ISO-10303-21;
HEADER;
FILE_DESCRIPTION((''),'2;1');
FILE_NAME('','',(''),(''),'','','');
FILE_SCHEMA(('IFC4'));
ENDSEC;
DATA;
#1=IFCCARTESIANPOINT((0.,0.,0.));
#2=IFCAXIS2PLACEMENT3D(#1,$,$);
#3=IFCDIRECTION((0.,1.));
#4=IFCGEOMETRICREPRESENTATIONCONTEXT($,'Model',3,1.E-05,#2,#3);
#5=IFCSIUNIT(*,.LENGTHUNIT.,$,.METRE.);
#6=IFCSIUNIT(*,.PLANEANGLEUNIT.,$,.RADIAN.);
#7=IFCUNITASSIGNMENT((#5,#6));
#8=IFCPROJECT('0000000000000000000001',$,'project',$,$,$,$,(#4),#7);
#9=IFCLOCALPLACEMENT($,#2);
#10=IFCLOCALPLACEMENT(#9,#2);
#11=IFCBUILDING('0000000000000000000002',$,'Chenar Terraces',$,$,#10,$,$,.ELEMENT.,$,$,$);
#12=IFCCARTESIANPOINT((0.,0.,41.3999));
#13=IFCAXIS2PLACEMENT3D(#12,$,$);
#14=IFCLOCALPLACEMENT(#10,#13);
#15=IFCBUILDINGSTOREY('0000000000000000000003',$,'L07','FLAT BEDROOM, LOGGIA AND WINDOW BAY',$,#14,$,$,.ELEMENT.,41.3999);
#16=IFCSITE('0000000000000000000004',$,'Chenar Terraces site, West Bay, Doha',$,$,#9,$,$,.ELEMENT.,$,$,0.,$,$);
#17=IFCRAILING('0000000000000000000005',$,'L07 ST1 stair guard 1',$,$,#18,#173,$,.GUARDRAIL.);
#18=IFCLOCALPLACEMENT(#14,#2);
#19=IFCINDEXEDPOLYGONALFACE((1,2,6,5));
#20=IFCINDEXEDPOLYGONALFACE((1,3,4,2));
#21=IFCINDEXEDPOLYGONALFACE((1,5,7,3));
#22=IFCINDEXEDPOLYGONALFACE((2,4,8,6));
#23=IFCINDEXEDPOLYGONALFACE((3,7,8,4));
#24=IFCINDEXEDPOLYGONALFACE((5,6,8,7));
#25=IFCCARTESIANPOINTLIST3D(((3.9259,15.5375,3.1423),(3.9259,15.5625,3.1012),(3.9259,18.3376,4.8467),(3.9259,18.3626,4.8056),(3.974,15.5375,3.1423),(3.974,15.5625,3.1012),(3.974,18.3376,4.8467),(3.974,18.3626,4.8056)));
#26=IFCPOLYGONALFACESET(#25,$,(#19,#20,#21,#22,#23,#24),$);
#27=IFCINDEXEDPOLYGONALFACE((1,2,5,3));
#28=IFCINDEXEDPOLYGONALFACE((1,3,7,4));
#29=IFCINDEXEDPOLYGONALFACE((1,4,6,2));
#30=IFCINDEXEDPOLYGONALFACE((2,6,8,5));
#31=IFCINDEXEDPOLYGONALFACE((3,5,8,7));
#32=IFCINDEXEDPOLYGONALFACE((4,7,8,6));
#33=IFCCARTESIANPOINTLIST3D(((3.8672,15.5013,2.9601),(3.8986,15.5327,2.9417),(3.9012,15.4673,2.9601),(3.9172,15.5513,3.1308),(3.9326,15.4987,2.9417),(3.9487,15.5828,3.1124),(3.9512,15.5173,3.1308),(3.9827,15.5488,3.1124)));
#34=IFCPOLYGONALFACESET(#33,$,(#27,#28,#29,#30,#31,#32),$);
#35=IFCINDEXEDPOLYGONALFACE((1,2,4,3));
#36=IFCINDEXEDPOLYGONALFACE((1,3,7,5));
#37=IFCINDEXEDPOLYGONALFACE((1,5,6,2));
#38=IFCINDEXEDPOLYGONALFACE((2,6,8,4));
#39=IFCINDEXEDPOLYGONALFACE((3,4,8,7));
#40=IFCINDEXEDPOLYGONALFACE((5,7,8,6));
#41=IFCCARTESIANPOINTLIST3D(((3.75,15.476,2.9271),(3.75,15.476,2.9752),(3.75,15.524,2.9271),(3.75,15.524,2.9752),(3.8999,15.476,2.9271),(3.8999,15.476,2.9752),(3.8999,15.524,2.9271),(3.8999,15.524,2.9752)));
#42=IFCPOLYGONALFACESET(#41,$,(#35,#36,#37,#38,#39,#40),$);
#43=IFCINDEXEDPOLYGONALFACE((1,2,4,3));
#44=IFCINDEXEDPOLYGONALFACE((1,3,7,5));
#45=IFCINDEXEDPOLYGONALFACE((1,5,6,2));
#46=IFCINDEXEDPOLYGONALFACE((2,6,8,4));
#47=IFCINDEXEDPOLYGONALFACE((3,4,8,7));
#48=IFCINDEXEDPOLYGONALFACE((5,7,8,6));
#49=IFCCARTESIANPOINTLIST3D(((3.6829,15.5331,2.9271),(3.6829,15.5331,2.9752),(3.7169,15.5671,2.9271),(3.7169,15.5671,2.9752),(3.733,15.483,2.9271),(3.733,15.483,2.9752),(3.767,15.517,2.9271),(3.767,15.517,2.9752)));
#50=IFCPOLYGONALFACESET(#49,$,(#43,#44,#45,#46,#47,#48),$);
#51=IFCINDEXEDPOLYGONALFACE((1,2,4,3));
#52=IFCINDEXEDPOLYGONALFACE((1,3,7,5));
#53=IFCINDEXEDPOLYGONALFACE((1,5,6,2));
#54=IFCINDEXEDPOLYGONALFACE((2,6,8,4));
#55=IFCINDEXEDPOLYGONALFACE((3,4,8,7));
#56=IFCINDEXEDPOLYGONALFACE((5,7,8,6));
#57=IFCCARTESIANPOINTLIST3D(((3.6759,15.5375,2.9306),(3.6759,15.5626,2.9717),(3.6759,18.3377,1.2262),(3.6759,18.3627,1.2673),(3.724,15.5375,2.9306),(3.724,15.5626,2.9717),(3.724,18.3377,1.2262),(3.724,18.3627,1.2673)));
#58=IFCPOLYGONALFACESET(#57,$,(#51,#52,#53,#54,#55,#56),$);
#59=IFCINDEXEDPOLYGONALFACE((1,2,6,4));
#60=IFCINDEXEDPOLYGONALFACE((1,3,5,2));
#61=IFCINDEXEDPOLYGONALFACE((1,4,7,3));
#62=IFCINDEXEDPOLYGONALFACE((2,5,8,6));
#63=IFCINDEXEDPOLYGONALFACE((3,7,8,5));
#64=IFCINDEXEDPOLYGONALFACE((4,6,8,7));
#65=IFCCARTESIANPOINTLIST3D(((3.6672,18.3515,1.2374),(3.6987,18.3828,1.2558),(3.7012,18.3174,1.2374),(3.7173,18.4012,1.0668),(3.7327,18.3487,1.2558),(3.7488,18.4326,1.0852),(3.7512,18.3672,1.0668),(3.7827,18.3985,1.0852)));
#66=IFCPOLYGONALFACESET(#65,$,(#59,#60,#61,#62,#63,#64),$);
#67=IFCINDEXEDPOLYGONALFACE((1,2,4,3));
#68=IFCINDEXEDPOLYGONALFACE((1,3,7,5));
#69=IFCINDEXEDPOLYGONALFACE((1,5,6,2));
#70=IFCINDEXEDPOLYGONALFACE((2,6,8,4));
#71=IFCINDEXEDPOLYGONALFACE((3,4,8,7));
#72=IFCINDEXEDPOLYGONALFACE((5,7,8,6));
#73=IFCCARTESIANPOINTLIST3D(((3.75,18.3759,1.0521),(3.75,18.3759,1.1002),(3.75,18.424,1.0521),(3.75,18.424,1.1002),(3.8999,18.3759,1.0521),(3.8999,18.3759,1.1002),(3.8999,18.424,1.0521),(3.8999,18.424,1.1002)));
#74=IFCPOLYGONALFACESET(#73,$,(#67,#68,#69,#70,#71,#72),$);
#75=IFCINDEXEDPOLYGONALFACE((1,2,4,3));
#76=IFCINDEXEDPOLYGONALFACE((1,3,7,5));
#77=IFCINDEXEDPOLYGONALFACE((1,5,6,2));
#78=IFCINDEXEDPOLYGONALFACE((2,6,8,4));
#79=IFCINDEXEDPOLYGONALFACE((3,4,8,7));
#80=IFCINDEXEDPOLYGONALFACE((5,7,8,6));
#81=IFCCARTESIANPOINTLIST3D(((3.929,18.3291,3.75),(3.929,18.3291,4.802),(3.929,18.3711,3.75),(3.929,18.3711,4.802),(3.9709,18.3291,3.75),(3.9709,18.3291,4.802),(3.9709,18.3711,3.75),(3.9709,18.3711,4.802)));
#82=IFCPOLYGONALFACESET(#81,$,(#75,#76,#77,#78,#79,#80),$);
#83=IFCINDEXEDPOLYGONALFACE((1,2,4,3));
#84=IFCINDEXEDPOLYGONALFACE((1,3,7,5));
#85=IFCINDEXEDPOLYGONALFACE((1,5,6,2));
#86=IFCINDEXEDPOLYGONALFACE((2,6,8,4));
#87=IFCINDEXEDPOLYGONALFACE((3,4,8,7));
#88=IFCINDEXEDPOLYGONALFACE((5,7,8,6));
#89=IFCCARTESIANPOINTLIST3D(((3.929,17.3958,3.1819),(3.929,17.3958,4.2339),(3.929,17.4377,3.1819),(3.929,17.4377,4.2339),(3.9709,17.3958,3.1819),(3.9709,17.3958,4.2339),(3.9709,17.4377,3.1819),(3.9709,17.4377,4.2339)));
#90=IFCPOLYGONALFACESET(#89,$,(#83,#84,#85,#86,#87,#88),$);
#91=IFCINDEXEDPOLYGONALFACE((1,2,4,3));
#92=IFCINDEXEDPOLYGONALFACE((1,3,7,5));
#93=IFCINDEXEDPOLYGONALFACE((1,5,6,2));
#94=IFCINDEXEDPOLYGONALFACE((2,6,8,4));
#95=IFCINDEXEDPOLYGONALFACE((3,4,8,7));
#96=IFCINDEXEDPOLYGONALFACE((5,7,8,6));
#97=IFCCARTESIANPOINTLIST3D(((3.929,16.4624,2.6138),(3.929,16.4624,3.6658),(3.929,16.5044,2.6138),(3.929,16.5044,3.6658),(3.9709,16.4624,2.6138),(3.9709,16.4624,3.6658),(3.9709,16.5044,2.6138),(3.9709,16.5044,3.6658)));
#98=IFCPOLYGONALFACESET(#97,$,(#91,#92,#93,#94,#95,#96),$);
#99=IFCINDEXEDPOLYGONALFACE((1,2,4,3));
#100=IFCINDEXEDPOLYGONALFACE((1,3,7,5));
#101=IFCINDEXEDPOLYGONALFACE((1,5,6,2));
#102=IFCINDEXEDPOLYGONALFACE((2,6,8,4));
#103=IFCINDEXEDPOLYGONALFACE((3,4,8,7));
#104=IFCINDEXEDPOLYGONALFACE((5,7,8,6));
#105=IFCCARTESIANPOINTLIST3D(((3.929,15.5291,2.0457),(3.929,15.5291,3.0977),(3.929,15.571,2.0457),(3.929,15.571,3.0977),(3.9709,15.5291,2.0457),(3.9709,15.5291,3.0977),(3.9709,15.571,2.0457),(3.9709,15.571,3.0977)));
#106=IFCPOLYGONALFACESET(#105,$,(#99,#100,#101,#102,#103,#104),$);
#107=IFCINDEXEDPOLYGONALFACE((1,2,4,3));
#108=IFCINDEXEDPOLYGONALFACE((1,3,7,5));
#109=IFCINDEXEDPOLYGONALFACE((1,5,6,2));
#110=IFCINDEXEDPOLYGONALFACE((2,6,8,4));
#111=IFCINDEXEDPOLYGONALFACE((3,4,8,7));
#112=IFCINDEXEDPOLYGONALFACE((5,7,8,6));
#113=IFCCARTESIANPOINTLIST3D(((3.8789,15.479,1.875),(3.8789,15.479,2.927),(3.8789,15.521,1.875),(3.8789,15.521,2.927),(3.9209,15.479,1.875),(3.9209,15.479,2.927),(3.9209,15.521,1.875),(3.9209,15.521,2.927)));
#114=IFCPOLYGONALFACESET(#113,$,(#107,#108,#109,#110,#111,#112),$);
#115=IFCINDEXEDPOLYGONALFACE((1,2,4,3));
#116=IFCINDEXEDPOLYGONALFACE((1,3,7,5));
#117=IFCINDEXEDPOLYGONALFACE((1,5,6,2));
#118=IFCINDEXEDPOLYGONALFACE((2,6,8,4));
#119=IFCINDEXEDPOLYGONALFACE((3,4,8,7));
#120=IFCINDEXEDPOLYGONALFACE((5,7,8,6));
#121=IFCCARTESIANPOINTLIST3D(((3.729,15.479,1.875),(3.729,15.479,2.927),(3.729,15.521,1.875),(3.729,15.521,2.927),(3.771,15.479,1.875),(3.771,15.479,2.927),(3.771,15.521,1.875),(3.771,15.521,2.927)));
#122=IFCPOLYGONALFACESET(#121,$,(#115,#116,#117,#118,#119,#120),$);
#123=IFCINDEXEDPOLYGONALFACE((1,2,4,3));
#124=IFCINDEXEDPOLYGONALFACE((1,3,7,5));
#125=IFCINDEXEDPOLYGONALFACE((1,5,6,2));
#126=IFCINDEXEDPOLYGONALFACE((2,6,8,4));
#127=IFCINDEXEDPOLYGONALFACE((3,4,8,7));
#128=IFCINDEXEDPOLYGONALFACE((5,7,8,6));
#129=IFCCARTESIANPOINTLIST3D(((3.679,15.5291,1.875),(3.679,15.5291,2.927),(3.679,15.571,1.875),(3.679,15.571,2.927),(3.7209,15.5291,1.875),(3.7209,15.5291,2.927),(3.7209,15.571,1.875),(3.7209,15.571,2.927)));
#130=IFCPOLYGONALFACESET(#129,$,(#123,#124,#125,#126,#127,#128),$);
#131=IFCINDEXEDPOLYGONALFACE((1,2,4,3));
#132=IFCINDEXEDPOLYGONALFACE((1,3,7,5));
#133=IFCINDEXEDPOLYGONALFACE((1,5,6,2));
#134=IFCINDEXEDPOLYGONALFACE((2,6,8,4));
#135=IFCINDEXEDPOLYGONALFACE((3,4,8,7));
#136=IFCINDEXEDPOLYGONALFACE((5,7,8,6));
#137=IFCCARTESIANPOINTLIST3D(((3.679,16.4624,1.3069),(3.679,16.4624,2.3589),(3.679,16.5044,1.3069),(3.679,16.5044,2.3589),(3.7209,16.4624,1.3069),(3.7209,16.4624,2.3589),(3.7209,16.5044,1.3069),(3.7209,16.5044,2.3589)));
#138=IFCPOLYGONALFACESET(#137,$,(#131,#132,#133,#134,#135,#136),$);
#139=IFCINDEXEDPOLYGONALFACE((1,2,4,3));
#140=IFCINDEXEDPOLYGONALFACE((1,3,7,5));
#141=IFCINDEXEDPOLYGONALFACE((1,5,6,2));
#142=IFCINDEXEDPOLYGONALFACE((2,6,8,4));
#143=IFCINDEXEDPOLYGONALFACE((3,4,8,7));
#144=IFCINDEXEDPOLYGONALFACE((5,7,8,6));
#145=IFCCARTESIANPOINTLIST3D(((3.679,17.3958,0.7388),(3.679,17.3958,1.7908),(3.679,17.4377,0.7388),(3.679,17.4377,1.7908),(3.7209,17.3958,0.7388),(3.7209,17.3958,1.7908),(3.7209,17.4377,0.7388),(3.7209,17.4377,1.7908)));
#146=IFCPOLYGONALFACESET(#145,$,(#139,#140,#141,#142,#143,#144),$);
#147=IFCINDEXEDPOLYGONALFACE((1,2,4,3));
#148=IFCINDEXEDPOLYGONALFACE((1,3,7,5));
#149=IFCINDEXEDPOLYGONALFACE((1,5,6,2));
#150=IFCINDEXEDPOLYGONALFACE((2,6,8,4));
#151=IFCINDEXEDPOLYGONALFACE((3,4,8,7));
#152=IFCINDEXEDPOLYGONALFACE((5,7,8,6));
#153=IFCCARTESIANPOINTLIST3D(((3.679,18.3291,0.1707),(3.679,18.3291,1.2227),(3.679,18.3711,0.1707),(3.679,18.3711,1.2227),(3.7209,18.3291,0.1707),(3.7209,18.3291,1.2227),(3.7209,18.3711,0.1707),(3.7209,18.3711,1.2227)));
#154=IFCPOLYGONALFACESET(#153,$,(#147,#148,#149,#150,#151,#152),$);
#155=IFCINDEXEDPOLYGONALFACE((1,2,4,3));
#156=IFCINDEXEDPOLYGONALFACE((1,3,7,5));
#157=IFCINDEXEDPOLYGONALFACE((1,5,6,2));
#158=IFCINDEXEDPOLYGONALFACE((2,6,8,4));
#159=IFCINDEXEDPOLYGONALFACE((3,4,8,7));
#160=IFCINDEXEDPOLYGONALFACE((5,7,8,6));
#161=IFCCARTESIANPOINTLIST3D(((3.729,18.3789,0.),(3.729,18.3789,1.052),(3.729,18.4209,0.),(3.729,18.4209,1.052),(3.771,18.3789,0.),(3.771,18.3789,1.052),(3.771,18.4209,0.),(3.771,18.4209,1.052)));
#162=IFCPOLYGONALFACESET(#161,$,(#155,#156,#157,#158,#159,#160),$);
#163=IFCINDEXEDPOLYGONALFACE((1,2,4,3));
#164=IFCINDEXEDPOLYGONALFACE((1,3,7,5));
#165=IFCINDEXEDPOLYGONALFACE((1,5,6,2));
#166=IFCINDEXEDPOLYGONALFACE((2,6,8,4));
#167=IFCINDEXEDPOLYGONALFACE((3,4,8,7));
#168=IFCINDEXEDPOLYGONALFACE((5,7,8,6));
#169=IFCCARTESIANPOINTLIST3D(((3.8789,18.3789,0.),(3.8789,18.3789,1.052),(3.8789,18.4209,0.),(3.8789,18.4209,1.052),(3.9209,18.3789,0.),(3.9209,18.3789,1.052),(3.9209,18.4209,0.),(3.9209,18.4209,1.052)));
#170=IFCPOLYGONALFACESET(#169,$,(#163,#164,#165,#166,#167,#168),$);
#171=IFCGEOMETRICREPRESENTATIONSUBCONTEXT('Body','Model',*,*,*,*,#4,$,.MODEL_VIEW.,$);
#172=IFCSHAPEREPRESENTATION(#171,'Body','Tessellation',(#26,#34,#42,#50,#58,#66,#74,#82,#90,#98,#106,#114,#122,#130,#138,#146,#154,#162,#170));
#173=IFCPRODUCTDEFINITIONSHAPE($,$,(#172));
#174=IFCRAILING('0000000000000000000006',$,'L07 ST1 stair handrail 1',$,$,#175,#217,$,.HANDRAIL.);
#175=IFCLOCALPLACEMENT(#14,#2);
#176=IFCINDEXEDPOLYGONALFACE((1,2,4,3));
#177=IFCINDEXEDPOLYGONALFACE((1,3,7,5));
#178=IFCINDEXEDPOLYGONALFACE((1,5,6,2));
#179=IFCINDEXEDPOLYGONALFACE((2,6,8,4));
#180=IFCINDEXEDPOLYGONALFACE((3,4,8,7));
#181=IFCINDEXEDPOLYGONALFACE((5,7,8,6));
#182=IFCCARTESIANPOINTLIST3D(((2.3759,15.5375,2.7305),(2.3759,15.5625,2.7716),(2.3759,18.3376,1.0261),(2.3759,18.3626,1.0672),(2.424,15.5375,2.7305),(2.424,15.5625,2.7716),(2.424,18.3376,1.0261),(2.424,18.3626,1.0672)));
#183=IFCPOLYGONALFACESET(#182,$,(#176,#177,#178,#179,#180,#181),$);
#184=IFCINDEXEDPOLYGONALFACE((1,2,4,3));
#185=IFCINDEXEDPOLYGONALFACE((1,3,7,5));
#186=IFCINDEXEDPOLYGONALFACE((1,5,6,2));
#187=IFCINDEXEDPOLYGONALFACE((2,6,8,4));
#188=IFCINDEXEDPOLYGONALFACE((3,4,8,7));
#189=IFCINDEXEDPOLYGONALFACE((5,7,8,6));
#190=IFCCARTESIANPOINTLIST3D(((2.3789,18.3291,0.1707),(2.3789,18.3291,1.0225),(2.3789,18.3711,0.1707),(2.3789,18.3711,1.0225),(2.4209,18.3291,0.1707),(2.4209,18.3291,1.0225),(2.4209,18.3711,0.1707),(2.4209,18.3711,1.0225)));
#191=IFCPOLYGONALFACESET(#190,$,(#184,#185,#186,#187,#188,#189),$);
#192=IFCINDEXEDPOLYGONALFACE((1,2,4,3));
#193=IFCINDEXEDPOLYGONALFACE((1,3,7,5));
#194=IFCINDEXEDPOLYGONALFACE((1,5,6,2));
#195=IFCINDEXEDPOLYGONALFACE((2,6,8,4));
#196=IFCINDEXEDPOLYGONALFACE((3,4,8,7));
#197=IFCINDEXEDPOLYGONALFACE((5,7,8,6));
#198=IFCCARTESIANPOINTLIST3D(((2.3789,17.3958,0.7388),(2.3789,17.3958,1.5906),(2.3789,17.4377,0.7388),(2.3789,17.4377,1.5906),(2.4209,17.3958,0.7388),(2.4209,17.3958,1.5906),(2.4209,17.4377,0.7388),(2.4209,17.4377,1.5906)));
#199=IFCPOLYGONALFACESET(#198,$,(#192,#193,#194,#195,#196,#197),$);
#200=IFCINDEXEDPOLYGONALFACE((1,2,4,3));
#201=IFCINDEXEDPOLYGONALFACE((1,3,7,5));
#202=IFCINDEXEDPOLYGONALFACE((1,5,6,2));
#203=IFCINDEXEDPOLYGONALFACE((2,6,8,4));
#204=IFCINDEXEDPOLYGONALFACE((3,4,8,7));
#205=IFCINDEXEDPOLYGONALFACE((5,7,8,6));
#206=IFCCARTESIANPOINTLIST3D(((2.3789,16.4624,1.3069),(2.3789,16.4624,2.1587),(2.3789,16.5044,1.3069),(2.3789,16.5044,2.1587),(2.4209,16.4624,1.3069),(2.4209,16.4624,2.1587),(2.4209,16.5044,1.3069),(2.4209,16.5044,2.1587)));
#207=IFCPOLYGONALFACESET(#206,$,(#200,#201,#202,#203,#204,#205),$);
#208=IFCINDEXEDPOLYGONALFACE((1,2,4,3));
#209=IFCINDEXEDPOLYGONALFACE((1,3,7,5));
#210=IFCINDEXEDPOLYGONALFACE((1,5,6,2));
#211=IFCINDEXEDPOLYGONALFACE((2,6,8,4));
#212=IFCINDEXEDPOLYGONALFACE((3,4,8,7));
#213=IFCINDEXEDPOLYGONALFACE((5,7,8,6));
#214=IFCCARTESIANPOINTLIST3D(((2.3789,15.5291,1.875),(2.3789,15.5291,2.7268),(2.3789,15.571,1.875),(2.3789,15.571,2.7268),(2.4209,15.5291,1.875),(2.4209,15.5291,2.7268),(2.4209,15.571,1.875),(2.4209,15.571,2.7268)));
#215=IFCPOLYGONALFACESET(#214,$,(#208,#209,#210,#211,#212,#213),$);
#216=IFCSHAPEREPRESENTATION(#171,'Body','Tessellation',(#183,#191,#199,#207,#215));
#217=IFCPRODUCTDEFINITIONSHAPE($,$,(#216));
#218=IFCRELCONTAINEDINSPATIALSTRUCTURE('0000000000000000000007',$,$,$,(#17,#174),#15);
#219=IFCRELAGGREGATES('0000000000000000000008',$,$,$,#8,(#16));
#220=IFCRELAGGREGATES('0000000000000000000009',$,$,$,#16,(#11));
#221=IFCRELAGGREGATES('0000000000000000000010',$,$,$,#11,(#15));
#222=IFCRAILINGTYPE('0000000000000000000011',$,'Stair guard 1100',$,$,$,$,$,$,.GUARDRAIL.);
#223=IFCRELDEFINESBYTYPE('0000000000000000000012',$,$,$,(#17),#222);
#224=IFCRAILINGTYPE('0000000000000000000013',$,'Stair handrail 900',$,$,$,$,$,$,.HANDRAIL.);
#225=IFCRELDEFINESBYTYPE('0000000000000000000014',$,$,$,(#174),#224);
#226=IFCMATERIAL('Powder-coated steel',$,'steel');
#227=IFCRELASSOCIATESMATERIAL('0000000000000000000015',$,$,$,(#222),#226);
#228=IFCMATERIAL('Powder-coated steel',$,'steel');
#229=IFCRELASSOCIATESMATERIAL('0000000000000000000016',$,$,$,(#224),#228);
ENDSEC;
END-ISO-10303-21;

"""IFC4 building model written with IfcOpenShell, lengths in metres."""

from ifc_helpers import new_model, si_unit, direction, frame, origin, origin_2d, place, context, subcontext, project, spatial, rectangle, extrude, material, type_object, element, save


model = new_model("IFC4")

# Units and contexts
model_context = context("Model", 3, precision=1e-05, world=origin(), true_north=direction((0.0, 1.0)))
body_context = subcontext(model_context, "Body", "Model", "MODEL_VIEW")
ifc_project = project(units=[si_unit("LENGTHUNIT", "METRE"), si_unit("PLANEANGLEUNIT", "RADIAN")], contexts=[model_context])

# Site, building, storey
site_placement = place(None, origin())
site = spatial("IfcSite", under=ifc_project, at=site_placement, Name="Chenar Terraces site, West Bay, Doha", CompositionType="ELEMENT", RefElevation=0.0)
building_placement = place(site_placement, origin())
building = spatial("IfcBuilding", under=site, at=building_placement, Name="Chenar Terraces", CompositionType="ELEMENT")
storey_placement = place(building_placement, frame((0.0, 0.0, 41.3999)))
storey = spatial("IfcBuildingStorey", under=building, at=storey_placement, Name="L07", Description="FLAT BEDROOM, LOGGIA AND WINDOW BAY", CompositionType="ELEMENT", Elevation=41.3999)

# Railings
ifc_material_1 = material(Name="Powder-coated steel", Category="steel")
railing_type_1 = type_object("IfcRailingType", Name="Stair guard 1100", PredefinedType="GUARDRAIL", material=ifc_material_1)
railing_1_placement = place(storey_placement, frame((3.95, 18.3501, 3.75)))
element("IfcRailing", 1, at=railing_1_placement, inside=storey, type_object=railing_type_1, Name="L07 ST1 stair guard 1", PredefinedType="GUARDRAIL", context=body_context, shape_type="SweptSolid", body=[
    extrude(rectangle(XDim=0.0481, YDim=0.0481, at=origin_2d()), frame((0.0, 0.0, 1.0762), z_axis=(0.0, -0.854203, -0.51994), x_axis=(1.0, 0.0, 0.0)), (0.0, 0.0, 1.0), 3.2781),
    extrude(rectangle(XDim=0.0481, YDim=0.0481, at=origin_2d()), frame((0.0, -2.8, -0.6284), z_axis=(-0.2709, -0.2709, -0.923703), x_axis=(0.707107, -0.707107, 0.0)), (0.0, 0.0, 1.0), 0.1848),
    extrude(rectangle(XDim=0.0481, YDim=0.0481, at=origin_2d()), frame((-0.05, -2.8501, -0.7988), z_axis=(-1.0, 0.0, 0.0), x_axis=(0.0, -1.0, 0.0)), (0.0, 0.0, 1.0), 0.1499),
    extrude(rectangle(XDim=0.0481, YDim=0.0481, at=origin_2d()), frame((-0.2, -2.8501, -0.7988), z_axis=(-0.707107, 0.707107, 0.0), x_axis=(-0.707107, -0.707107, 0.0)), (0.0, 0.0, 1.0), 0.0708),
    extrude(rectangle(XDim=0.0481, YDim=0.0481, at=origin_2d()), frame((-0.25, -2.8, -0.7988), z_axis=(0.0, 0.854203, -0.51994), x_axis=(-1.0, 0.0, 0.0)), (0.0, 0.0, 1.0), 3.2781),
    extrude(rectangle(XDim=0.0481, YDim=0.0481, at=origin_2d()), frame((-0.25, 0.0, -2.5034), z_axis=(0.270997, 0.269675, -0.924033), x_axis=(-0.705376, 0.708834, 0.0)), (0.0, 0.0, 1.0), 0.1846),
    extrude(rectangle(XDim=0.0481, YDim=0.0481, at=origin_2d()), frame((-0.2, 0.0498, -2.6738), z_axis=(1.0, 0.0, 0.0), x_axis=(0.0, 1.0, 0.0)), (0.0, 0.0, 1.0), 0.1499),
    extrude(rectangle(XDim=0.042, YDim=0.042, at=origin_2d()), origin(), (0.0, 0.0, 1.0), 1.052),
    extrude(rectangle(XDim=0.042, YDim=0.042, at=origin_2d()), frame((0.0, -0.9333, -0.5681)), (0.0, 0.0, 1.0), 1.052),
    extrude(rectangle(XDim=0.042, YDim=0.042, at=origin_2d()), frame((0.0, -1.8667, -1.1362)), (0.0, 0.0, 1.0), 1.052),
    extrude(rectangle(XDim=0.042, YDim=0.042, at=origin_2d()), frame((0.0, -2.8, -1.7043)), (0.0, 0.0, 1.0), 1.052),
    extrude(rectangle(XDim=0.042, YDim=0.042, at=origin_2d()), frame((-0.05, -2.8501, -1.875)), (0.0, 0.0, 1.0), 1.052),
    extrude(rectangle(XDim=0.042, YDim=0.042, at=origin_2d()), frame((-0.2, -2.8501, -1.875)), (0.0, 0.0, 1.0), 1.052),
    extrude(rectangle(XDim=0.042, YDim=0.042, at=origin_2d()), frame((-0.25, -2.8, -1.875)), (0.0, 0.0, 1.0), 1.052),
    extrude(rectangle(XDim=0.042, YDim=0.042, at=origin_2d()), frame((-0.25, -1.8667, -2.4431)), (0.0, 0.0, 1.0), 1.052),
    extrude(rectangle(XDim=0.042, YDim=0.042, at=origin_2d()), frame((-0.25, -0.9333, -3.0112)), (0.0, 0.0, 1.0), 1.052),
    extrude(rectangle(XDim=0.042, YDim=0.042, at=origin_2d()), frame((-0.25, 0.0, -3.5793)), (0.0, 0.0, 1.0), 1.052),
    extrude(rectangle(XDim=0.042, YDim=0.042, at=origin_2d()), frame((-0.2, 0.0498, -3.75)), (0.0, 0.0, 1.0), 1.052),
    extrude(rectangle(XDim=0.042, YDim=0.042, at=origin_2d()), frame((-0.05, 0.0498, -3.75)), (0.0, 0.0, 1.0), 1.052),
])
ifc_material_2 = material(Name="Powder-coated steel", Category="steel")
railing_type_2 = type_object("IfcRailingType", Name="Stair handrail 900", PredefinedType="HANDRAIL", material=ifc_material_2)
railing_2_placement = place(storey_placement, frame((2.3999, 18.3501, 0.1707)))
element("IfcRailing", 2, at=railing_2_placement, inside=storey, type_object=railing_type_2, Name="L07 ST1 stair handrail 1", PredefinedType="HANDRAIL", context=body_context, shape_type="SweptSolid", body=[
    extrude(rectangle(XDim=0.0481, YDim=0.0481, at=origin_2d()), frame((0.0, 0.0, 0.876), z_axis=(0.0, -0.854203, 0.51994), x_axis=(1.0, 0.0, 0.0)), (0.0, 0.0, 1.0), 3.2781),
    extrude(rectangle(XDim=0.042, YDim=0.042, at=origin_2d()), origin(), (0.0, 0.0, 1.0), 0.8518),
    extrude(rectangle(XDim=0.042, YDim=0.042, at=origin_2d()), frame((0.0, -0.9333, 0.5681)), (0.0, 0.0, 1.0), 0.8518),
    extrude(rectangle(XDim=0.042, YDim=0.042, at=origin_2d()), frame((0.0, -1.8667, 1.1362)), (0.0, 0.0, 1.0), 0.8518),
    extrude(rectangle(XDim=0.042, YDim=0.042, at=origin_2d()), frame((0.0, -2.8, 1.7043)), (0.0, 0.0, 1.0), 0.8518),
])

save(model, "model.ifc")
